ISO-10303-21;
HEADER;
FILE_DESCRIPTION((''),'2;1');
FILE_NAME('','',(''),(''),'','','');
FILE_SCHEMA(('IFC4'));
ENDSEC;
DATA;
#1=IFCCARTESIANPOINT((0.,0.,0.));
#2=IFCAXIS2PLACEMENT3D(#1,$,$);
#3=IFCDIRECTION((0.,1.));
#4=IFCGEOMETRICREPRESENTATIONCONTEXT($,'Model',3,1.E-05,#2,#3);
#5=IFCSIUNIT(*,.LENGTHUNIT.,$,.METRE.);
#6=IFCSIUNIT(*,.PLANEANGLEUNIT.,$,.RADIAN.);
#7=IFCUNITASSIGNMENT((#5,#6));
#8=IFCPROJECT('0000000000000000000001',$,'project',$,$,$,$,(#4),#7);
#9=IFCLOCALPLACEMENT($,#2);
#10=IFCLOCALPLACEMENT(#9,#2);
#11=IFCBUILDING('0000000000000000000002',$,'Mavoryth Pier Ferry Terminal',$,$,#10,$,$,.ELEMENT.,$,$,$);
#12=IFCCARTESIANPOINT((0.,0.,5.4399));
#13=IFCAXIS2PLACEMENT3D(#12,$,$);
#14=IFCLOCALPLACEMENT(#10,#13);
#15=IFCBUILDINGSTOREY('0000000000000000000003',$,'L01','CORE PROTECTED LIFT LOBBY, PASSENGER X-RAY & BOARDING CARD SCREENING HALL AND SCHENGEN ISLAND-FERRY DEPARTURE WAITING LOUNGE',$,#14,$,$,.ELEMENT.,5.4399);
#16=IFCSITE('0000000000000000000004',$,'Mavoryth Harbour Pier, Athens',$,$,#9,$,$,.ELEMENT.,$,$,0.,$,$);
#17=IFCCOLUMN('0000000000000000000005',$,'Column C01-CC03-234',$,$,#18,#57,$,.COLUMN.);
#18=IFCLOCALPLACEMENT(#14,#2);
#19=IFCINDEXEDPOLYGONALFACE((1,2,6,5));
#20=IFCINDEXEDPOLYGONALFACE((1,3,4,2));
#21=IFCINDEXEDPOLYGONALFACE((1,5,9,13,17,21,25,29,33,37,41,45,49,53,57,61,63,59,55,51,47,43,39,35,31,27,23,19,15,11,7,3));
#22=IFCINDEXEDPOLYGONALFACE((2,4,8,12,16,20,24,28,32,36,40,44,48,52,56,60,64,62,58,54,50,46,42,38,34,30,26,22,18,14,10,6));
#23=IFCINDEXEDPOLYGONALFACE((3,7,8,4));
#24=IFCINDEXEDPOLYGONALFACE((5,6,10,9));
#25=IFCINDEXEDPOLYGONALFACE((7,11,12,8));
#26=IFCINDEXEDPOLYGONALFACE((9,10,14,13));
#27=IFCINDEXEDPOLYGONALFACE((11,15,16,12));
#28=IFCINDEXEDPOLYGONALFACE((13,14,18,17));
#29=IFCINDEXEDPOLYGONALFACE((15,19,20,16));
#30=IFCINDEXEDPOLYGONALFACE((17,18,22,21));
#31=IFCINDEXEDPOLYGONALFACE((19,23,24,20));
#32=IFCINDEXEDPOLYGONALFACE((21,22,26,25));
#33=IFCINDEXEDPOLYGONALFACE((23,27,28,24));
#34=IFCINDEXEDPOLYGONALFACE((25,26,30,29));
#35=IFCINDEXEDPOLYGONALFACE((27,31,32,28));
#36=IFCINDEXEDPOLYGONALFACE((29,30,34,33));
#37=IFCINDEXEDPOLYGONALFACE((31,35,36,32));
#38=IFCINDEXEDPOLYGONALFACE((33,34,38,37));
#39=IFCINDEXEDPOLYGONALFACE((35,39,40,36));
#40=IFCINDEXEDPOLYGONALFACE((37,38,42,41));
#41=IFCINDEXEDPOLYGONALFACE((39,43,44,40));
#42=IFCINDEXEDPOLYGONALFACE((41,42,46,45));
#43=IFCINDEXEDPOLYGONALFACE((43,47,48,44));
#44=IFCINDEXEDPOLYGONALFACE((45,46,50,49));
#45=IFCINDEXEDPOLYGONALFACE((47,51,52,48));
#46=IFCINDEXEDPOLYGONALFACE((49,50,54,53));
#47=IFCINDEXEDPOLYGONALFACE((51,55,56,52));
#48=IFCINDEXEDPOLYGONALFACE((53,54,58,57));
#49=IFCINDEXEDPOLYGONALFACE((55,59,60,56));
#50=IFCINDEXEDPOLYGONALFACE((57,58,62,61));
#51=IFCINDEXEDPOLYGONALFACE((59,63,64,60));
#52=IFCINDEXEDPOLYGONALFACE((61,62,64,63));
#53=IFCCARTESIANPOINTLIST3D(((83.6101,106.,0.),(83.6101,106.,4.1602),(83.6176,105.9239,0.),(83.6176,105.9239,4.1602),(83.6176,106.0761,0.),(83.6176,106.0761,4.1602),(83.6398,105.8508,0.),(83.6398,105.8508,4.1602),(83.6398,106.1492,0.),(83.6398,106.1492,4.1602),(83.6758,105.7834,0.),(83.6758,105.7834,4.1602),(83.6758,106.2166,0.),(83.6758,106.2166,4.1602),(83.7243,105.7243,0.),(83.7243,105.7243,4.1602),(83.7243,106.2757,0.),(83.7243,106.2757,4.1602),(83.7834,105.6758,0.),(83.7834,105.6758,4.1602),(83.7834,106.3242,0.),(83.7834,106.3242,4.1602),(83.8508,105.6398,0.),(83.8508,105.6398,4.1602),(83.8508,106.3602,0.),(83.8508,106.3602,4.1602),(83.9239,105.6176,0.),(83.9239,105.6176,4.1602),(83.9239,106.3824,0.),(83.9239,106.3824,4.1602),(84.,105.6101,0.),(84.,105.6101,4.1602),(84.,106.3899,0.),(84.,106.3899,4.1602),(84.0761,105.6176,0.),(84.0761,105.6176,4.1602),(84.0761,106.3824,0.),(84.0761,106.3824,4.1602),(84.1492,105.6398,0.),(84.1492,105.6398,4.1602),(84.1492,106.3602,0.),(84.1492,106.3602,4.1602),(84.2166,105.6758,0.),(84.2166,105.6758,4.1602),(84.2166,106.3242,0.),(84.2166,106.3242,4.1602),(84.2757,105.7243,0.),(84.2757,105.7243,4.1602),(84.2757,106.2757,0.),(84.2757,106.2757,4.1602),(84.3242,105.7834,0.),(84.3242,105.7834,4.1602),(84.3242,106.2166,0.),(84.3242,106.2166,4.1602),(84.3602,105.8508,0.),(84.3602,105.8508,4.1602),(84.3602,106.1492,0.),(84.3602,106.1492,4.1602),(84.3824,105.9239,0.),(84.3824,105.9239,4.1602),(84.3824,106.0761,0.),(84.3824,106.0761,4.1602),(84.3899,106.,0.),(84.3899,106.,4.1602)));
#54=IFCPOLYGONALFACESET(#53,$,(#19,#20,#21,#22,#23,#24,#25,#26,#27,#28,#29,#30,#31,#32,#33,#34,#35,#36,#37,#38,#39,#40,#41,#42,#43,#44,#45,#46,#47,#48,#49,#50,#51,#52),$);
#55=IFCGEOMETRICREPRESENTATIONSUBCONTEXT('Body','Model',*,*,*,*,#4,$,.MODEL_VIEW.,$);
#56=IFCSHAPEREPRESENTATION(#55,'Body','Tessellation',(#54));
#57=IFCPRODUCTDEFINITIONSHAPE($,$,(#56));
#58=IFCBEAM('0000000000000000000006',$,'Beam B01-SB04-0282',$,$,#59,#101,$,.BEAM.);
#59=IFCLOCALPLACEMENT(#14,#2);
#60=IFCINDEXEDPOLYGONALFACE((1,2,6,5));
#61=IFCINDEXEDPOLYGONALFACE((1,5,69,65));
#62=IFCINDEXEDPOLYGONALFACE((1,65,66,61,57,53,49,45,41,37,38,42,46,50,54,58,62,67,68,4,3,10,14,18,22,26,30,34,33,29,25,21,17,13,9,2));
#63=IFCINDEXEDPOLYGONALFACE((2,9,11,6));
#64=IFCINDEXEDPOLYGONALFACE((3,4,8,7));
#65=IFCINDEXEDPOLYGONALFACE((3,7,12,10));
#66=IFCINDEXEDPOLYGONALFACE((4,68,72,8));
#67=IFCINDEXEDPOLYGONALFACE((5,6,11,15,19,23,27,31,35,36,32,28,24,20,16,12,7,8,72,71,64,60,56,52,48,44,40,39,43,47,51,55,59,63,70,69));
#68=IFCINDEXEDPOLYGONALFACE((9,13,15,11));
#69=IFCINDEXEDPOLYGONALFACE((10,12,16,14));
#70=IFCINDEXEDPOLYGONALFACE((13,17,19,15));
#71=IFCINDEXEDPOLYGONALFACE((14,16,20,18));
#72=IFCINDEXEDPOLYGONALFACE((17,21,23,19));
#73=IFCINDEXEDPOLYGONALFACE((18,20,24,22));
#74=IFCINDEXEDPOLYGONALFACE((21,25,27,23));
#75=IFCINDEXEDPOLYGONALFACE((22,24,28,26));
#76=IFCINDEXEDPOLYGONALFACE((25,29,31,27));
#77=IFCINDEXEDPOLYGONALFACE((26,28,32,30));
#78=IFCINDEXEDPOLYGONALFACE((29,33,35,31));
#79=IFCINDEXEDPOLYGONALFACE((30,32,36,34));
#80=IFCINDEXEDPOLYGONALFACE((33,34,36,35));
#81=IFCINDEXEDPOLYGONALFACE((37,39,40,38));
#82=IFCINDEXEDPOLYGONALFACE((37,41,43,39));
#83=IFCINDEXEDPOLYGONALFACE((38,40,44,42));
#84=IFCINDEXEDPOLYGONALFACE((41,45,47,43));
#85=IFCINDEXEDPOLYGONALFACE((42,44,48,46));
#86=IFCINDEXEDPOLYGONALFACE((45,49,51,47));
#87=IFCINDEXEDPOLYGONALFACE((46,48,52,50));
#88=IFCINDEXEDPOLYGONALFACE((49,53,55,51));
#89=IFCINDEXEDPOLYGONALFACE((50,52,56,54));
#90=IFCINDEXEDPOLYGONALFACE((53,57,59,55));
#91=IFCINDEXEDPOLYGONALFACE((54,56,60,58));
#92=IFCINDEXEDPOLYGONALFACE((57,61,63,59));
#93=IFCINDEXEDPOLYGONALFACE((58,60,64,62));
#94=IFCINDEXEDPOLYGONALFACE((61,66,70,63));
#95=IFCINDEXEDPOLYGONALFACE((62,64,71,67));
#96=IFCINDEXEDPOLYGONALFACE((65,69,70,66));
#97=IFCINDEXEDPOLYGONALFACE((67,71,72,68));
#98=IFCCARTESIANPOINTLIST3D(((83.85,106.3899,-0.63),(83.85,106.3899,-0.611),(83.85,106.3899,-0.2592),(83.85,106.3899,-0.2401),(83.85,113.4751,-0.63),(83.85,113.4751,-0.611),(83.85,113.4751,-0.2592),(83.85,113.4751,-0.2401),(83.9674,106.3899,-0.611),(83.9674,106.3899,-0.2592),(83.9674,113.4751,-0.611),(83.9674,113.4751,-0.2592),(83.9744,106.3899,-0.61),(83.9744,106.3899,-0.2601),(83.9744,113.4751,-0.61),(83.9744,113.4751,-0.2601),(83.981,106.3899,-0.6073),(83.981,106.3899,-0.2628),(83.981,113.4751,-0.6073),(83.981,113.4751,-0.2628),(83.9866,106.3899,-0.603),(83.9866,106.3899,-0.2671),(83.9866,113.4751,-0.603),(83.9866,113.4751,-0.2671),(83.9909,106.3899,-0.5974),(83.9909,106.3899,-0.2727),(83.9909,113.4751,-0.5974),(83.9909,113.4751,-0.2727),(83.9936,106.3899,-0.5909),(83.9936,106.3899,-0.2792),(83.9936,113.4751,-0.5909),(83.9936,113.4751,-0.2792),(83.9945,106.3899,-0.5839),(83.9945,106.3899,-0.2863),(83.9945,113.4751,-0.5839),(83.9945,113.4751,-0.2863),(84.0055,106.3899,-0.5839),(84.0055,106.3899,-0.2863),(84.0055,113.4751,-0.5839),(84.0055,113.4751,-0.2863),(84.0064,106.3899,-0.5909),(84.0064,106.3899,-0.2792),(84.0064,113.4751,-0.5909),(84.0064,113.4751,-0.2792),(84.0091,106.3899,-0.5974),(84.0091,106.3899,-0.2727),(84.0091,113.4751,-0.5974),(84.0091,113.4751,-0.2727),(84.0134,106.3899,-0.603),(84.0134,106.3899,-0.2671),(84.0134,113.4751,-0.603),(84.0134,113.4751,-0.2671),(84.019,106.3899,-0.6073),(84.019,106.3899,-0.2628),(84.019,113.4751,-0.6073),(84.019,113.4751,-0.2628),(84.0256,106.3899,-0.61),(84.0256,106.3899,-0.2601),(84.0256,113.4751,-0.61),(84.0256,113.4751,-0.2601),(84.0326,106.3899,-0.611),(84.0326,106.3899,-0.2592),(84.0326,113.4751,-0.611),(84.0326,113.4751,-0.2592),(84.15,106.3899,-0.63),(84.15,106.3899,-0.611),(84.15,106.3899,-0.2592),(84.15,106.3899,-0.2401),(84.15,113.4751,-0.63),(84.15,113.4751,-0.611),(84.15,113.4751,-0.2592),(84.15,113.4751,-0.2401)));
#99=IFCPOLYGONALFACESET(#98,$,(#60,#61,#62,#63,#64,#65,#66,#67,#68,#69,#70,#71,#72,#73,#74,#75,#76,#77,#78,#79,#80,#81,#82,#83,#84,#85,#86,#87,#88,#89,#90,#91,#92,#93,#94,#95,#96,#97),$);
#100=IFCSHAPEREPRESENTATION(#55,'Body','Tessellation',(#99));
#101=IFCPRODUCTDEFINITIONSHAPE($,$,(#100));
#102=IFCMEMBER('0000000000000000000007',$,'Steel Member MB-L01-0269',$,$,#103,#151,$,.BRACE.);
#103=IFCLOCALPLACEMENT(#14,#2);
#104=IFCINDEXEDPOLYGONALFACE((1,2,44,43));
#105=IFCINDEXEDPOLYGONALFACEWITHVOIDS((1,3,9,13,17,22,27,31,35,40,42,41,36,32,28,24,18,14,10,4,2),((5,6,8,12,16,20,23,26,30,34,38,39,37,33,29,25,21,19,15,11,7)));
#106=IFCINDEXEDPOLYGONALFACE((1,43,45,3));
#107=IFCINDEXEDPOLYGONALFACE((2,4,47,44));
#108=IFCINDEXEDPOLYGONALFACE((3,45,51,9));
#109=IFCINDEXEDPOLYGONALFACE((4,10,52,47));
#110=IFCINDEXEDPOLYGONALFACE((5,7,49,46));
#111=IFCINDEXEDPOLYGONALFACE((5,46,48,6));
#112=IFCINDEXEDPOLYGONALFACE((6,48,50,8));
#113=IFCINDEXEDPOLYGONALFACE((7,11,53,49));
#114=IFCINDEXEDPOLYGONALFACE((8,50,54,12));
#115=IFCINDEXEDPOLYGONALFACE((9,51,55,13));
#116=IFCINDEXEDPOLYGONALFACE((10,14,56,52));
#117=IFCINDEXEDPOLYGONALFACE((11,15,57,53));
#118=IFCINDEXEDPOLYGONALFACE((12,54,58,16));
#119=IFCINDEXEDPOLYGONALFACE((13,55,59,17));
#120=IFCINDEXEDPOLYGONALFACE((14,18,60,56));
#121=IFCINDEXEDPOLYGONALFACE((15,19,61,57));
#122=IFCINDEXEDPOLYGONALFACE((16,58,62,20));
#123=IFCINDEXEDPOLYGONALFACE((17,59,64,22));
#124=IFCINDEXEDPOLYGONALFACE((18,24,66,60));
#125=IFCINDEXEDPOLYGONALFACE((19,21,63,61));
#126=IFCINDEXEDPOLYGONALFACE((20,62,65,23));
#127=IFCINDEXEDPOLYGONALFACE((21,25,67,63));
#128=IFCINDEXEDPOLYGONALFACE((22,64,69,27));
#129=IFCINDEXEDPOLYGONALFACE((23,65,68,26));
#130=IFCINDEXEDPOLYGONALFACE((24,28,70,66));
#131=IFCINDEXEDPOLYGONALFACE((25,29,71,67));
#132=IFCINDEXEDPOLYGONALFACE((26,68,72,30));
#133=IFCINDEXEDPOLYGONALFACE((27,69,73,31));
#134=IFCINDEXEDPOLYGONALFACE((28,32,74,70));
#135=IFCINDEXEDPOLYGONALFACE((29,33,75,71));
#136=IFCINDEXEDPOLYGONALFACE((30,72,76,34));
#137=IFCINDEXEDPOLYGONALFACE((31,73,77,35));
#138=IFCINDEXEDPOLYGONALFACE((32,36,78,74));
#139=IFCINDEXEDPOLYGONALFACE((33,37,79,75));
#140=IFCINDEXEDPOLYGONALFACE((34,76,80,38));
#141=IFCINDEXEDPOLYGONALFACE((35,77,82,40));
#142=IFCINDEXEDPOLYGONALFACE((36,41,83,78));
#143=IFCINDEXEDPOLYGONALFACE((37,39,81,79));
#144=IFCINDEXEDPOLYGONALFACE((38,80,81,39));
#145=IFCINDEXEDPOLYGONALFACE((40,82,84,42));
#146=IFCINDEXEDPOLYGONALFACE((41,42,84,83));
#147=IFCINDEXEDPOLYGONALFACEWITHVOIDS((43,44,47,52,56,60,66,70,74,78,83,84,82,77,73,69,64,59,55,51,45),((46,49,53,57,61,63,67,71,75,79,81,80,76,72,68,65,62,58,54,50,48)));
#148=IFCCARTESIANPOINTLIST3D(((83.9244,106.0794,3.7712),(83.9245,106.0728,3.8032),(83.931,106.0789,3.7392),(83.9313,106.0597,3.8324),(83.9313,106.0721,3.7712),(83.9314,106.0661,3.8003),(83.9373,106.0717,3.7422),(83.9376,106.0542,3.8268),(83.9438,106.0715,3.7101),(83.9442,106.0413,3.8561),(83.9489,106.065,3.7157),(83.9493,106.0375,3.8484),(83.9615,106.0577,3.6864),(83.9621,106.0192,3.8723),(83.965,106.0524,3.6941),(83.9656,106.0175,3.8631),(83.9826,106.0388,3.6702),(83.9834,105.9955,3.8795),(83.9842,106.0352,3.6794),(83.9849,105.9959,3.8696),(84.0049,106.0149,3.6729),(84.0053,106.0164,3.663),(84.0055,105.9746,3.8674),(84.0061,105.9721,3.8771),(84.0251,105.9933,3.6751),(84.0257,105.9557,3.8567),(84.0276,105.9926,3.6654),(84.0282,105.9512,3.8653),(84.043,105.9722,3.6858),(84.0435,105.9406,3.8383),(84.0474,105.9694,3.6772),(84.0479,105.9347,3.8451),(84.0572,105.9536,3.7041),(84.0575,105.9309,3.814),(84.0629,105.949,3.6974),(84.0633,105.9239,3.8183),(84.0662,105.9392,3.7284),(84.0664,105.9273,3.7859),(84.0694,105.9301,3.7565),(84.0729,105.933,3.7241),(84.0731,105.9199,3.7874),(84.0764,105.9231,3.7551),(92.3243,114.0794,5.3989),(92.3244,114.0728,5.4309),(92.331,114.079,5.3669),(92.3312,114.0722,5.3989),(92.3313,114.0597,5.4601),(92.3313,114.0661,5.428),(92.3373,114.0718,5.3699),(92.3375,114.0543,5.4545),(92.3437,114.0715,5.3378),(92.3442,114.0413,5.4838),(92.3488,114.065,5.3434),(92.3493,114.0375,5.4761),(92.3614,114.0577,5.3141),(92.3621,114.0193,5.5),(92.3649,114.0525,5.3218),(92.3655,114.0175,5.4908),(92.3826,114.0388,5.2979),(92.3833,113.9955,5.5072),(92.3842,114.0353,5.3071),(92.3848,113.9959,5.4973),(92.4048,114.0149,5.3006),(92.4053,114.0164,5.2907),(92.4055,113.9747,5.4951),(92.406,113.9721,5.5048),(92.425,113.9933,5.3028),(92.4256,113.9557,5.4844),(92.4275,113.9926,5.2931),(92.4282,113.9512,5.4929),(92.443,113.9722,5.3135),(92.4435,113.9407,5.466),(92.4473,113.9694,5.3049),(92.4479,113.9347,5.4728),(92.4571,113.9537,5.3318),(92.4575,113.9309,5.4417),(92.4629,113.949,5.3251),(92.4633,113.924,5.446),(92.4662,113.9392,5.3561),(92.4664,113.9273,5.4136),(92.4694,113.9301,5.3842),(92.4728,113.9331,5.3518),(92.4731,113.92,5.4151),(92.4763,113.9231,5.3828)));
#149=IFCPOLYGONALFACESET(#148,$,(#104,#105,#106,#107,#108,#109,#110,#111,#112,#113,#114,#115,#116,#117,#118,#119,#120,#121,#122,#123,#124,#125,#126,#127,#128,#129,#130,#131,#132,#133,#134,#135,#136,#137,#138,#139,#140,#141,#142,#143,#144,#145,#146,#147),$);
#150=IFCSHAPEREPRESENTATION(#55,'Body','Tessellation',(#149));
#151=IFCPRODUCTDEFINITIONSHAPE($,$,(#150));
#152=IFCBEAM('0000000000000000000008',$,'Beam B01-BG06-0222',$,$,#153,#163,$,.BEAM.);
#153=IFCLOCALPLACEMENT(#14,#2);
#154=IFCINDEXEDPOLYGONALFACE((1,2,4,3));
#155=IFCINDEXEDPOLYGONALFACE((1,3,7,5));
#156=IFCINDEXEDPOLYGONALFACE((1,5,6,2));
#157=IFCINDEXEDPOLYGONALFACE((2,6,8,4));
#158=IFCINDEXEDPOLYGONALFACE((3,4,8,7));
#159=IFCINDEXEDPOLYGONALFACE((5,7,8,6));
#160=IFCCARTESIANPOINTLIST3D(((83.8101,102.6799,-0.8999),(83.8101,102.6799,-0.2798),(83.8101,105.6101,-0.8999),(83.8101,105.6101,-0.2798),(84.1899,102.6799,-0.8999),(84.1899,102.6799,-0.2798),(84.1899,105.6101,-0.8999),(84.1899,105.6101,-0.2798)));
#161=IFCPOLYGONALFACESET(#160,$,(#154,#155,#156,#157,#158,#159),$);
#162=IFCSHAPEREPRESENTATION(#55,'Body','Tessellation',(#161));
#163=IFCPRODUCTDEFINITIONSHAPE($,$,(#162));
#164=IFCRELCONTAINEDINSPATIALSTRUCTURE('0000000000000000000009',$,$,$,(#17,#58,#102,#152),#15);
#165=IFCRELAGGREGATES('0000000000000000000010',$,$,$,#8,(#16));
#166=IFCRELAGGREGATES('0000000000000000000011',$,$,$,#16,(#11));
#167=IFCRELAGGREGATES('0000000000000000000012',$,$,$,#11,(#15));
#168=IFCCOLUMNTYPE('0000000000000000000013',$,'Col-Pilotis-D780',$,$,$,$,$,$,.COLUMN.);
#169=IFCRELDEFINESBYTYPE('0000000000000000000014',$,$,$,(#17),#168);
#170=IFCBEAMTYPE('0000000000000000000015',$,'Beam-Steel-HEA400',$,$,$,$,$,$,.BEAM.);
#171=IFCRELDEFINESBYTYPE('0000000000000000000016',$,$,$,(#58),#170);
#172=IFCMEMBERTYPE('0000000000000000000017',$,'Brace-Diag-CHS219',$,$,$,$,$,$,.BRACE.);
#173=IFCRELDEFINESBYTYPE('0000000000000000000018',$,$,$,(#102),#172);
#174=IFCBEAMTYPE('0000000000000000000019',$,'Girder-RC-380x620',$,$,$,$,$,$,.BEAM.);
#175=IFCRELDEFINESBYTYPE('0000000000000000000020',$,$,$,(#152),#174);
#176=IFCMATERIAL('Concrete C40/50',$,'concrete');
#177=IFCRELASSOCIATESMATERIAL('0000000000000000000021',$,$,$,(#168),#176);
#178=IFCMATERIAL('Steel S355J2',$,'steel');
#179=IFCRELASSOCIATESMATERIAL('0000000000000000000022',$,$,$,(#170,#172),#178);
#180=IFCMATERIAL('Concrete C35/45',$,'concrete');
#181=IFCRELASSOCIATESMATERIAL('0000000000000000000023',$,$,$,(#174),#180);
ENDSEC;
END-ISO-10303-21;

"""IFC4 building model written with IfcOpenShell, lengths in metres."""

from ifc_helpers import new_model, si_unit, direction, frame, origin, origin_2d, place, context, subcontext, project, spatial, rectangle, circle, hollow_circle, i_section, extrude, material, material_profile, profile_set, type_object, element, save


model = new_model("IFC4")

# Units and contexts
model_context = context("Model", 3, precision=1e-05, world=origin(), true_north=direction((0.0, 1.0)))
body_context = subcontext(model_context, "Body", "Model", "MODEL_VIEW")
ifc_project = project(units=[si_unit("LENGTHUNIT", "METRE"), si_unit("PLANEANGLEUNIT", "RADIAN")], contexts=[model_context])

# Site, building, storey
site_placement = place(None, origin())
site = spatial("IfcSite", under=ifc_project, at=site_placement, Name="Mavoryth Harbour Pier, Athens", CompositionType="ELEMENT", RefElevation=0.0)
building_placement = place(site_placement, origin())
building = spatial("IfcBuilding", under=site, at=building_placement, Name="Mavoryth Pier Ferry Terminal", CompositionType="ELEMENT")
storey_placement = place(building_placement, frame((0.0, 0.0, 5.4399)))
storey = spatial("IfcBuildingStorey", under=building, at=storey_placement, Name="L01", Description="CORE PROTECTED LIFT LOBBY, PASSENGER X-RAY & BOARDING CARD SCREENING HALL AND SCHENGEN ISLAND-FERRY DEPARTURE WAITING LOUNGE", CompositionType="ELEMENT", Elevation=5.4399)

# Column
ifc_material_1 = material(Name="Concrete C40/50", Category="concrete")
ifc_material_profile_1 = material_profile(ifc_material_1, circle(Radius=0.3899, at=origin_2d()), Name="RC D780", Category="concrete")
ifc_profile_set_1 = profile_set([ifc_material_profile_1], Name="Concrete C40/50 - RC D780")
column_type = type_object("IfcColumnType", Name="Col-Pilotis-D780", PredefinedType="COLUMN", material=ifc_profile_set_1)
column_placement = place(storey_placement, frame((84.0, 106.0, 0.0), z_axis=(0.0, 0.0, 1.0), x_axis=(1.0, 0.0, 0.0)))
element("IfcColumn", 1, at=column_placement, inside=storey, type_object=column_type, Name="Column C01-CC03-234", PredefinedType="COLUMN", context=body_context, shape_type="SweptSolid", body=[
    extrude(circle(Radius=0.3899, at=origin_2d()), origin(), (0.0, 0.0, 1.0), 4.1602),
])

# Beam
ifc_material_2 = material(Name="Steel S355J2", Category="steel")
ifc_material_profile_2 = material_profile(ifc_material_2, i_section(OverallWidth=0.3, OverallDepth=0.3899, WebThickness=0.011, FlangeThickness=0.019, FilletRadius=0.0271, at=origin_2d()), Name="HEA 400", Category="steel")
ifc_profile_set_2 = profile_set([ifc_material_profile_2], Name="Steel S355J2 - HEA 400")
beam_type_1 = type_object("IfcBeamType", Name="Beam-Steel-HEA400", PredefinedType="BEAM", material=ifc_profile_set_2)
beam_1_placement = place(storey_placement, frame((84.0, 106.3899, -0.4351), z_axis=(0.0, 1.0, 0.0), x_axis=(-1.0, 0.0, 0.0)))
element("IfcBeam", 2, at=beam_1_placement, inside=storey, type_object=beam_type_1, Name="Beam B01-SB04-0282", PredefinedType="BEAM", context=body_context, shape_type="SweptSolid", body=[
    extrude(i_section(OverallWidth=0.3, OverallDepth=0.3899, WebThickness=0.011, FlangeThickness=0.019, FilletRadius=0.0271, at=origin_2d()), origin(), (0.0, 0.0, 1.0), 7.0852),
])

# Member
ifc_material_profile_3 = material_profile(ifc_material_2, hollow_circle(Radius=0.1096, WallThickness=0.01, at=origin_2d()), Name="CHS 219.1x10.0", Category="steel")
ifc_profile_set_3 = profile_set([ifc_material_profile_3], Name="Steel S355J2 - CHS 219.1x10.0")
member_type_1 = type_object("IfcMemberType", Name="Brace-Diag-CHS219", PredefinedType="BRACE", material=ifc_profile_set_3)
member_1_placement = place(storey_placement, frame((84.0, 106.0, 3.7712), z_axis=(0.717109, 0.682969, 0.138957), x_axis=(-0.689659, 0.724134, 0.0)))
element("IfcMember", 3, at=member_1_placement, inside=storey, type_object=member_type_1, Name="Steel Member MB-L01-0269", PredefinedType="BRACE", context=body_context, shape_type="SweptSolid", body=[
    extrude(hollow_circle(Radius=0.1096, WallThickness=0.01, at=origin_2d()), origin(), (0.0, 0.0, 1.0), 11.7136),
])

# Beam
ifc_material_3 = material(Name="Concrete C35/45", Category="concrete")
ifc_material_profile_4 = material_profile(ifc_material_3, rectangle(XDim=0.3799, YDim=0.6201, at=origin_2d()), Name="RC 380x620", Category="concrete")
ifc_profile_set_4 = profile_set([ifc_material_profile_4], Name="Concrete C35/45 - RC 380x620")
beam_type_2 = type_object("IfcBeamType", Name="Girder-RC-380x620", PredefinedType="BEAM", material=ifc_profile_set_4)
beam_2_placement = place(storey_placement, frame((84.0, 102.6799, -0.5898), z_axis=(0.0, 1.0, 0.0), x_axis=(-1.0, 0.0, 0.0)))
element("IfcBeam", 4, at=beam_2_placement, inside=storey, type_object=beam_type_2, Name="Beam B01-BG06-0222", PredefinedType="BEAM", context=body_context, shape_type="SweptSolid", body=[
    extrude(rectangle(XDim=0.3799, YDim=0.6201, at=origin_2d()), origin(), (0.0, 0.0, 1.0), 2.9302),
])

save(model, "model.ifc")
